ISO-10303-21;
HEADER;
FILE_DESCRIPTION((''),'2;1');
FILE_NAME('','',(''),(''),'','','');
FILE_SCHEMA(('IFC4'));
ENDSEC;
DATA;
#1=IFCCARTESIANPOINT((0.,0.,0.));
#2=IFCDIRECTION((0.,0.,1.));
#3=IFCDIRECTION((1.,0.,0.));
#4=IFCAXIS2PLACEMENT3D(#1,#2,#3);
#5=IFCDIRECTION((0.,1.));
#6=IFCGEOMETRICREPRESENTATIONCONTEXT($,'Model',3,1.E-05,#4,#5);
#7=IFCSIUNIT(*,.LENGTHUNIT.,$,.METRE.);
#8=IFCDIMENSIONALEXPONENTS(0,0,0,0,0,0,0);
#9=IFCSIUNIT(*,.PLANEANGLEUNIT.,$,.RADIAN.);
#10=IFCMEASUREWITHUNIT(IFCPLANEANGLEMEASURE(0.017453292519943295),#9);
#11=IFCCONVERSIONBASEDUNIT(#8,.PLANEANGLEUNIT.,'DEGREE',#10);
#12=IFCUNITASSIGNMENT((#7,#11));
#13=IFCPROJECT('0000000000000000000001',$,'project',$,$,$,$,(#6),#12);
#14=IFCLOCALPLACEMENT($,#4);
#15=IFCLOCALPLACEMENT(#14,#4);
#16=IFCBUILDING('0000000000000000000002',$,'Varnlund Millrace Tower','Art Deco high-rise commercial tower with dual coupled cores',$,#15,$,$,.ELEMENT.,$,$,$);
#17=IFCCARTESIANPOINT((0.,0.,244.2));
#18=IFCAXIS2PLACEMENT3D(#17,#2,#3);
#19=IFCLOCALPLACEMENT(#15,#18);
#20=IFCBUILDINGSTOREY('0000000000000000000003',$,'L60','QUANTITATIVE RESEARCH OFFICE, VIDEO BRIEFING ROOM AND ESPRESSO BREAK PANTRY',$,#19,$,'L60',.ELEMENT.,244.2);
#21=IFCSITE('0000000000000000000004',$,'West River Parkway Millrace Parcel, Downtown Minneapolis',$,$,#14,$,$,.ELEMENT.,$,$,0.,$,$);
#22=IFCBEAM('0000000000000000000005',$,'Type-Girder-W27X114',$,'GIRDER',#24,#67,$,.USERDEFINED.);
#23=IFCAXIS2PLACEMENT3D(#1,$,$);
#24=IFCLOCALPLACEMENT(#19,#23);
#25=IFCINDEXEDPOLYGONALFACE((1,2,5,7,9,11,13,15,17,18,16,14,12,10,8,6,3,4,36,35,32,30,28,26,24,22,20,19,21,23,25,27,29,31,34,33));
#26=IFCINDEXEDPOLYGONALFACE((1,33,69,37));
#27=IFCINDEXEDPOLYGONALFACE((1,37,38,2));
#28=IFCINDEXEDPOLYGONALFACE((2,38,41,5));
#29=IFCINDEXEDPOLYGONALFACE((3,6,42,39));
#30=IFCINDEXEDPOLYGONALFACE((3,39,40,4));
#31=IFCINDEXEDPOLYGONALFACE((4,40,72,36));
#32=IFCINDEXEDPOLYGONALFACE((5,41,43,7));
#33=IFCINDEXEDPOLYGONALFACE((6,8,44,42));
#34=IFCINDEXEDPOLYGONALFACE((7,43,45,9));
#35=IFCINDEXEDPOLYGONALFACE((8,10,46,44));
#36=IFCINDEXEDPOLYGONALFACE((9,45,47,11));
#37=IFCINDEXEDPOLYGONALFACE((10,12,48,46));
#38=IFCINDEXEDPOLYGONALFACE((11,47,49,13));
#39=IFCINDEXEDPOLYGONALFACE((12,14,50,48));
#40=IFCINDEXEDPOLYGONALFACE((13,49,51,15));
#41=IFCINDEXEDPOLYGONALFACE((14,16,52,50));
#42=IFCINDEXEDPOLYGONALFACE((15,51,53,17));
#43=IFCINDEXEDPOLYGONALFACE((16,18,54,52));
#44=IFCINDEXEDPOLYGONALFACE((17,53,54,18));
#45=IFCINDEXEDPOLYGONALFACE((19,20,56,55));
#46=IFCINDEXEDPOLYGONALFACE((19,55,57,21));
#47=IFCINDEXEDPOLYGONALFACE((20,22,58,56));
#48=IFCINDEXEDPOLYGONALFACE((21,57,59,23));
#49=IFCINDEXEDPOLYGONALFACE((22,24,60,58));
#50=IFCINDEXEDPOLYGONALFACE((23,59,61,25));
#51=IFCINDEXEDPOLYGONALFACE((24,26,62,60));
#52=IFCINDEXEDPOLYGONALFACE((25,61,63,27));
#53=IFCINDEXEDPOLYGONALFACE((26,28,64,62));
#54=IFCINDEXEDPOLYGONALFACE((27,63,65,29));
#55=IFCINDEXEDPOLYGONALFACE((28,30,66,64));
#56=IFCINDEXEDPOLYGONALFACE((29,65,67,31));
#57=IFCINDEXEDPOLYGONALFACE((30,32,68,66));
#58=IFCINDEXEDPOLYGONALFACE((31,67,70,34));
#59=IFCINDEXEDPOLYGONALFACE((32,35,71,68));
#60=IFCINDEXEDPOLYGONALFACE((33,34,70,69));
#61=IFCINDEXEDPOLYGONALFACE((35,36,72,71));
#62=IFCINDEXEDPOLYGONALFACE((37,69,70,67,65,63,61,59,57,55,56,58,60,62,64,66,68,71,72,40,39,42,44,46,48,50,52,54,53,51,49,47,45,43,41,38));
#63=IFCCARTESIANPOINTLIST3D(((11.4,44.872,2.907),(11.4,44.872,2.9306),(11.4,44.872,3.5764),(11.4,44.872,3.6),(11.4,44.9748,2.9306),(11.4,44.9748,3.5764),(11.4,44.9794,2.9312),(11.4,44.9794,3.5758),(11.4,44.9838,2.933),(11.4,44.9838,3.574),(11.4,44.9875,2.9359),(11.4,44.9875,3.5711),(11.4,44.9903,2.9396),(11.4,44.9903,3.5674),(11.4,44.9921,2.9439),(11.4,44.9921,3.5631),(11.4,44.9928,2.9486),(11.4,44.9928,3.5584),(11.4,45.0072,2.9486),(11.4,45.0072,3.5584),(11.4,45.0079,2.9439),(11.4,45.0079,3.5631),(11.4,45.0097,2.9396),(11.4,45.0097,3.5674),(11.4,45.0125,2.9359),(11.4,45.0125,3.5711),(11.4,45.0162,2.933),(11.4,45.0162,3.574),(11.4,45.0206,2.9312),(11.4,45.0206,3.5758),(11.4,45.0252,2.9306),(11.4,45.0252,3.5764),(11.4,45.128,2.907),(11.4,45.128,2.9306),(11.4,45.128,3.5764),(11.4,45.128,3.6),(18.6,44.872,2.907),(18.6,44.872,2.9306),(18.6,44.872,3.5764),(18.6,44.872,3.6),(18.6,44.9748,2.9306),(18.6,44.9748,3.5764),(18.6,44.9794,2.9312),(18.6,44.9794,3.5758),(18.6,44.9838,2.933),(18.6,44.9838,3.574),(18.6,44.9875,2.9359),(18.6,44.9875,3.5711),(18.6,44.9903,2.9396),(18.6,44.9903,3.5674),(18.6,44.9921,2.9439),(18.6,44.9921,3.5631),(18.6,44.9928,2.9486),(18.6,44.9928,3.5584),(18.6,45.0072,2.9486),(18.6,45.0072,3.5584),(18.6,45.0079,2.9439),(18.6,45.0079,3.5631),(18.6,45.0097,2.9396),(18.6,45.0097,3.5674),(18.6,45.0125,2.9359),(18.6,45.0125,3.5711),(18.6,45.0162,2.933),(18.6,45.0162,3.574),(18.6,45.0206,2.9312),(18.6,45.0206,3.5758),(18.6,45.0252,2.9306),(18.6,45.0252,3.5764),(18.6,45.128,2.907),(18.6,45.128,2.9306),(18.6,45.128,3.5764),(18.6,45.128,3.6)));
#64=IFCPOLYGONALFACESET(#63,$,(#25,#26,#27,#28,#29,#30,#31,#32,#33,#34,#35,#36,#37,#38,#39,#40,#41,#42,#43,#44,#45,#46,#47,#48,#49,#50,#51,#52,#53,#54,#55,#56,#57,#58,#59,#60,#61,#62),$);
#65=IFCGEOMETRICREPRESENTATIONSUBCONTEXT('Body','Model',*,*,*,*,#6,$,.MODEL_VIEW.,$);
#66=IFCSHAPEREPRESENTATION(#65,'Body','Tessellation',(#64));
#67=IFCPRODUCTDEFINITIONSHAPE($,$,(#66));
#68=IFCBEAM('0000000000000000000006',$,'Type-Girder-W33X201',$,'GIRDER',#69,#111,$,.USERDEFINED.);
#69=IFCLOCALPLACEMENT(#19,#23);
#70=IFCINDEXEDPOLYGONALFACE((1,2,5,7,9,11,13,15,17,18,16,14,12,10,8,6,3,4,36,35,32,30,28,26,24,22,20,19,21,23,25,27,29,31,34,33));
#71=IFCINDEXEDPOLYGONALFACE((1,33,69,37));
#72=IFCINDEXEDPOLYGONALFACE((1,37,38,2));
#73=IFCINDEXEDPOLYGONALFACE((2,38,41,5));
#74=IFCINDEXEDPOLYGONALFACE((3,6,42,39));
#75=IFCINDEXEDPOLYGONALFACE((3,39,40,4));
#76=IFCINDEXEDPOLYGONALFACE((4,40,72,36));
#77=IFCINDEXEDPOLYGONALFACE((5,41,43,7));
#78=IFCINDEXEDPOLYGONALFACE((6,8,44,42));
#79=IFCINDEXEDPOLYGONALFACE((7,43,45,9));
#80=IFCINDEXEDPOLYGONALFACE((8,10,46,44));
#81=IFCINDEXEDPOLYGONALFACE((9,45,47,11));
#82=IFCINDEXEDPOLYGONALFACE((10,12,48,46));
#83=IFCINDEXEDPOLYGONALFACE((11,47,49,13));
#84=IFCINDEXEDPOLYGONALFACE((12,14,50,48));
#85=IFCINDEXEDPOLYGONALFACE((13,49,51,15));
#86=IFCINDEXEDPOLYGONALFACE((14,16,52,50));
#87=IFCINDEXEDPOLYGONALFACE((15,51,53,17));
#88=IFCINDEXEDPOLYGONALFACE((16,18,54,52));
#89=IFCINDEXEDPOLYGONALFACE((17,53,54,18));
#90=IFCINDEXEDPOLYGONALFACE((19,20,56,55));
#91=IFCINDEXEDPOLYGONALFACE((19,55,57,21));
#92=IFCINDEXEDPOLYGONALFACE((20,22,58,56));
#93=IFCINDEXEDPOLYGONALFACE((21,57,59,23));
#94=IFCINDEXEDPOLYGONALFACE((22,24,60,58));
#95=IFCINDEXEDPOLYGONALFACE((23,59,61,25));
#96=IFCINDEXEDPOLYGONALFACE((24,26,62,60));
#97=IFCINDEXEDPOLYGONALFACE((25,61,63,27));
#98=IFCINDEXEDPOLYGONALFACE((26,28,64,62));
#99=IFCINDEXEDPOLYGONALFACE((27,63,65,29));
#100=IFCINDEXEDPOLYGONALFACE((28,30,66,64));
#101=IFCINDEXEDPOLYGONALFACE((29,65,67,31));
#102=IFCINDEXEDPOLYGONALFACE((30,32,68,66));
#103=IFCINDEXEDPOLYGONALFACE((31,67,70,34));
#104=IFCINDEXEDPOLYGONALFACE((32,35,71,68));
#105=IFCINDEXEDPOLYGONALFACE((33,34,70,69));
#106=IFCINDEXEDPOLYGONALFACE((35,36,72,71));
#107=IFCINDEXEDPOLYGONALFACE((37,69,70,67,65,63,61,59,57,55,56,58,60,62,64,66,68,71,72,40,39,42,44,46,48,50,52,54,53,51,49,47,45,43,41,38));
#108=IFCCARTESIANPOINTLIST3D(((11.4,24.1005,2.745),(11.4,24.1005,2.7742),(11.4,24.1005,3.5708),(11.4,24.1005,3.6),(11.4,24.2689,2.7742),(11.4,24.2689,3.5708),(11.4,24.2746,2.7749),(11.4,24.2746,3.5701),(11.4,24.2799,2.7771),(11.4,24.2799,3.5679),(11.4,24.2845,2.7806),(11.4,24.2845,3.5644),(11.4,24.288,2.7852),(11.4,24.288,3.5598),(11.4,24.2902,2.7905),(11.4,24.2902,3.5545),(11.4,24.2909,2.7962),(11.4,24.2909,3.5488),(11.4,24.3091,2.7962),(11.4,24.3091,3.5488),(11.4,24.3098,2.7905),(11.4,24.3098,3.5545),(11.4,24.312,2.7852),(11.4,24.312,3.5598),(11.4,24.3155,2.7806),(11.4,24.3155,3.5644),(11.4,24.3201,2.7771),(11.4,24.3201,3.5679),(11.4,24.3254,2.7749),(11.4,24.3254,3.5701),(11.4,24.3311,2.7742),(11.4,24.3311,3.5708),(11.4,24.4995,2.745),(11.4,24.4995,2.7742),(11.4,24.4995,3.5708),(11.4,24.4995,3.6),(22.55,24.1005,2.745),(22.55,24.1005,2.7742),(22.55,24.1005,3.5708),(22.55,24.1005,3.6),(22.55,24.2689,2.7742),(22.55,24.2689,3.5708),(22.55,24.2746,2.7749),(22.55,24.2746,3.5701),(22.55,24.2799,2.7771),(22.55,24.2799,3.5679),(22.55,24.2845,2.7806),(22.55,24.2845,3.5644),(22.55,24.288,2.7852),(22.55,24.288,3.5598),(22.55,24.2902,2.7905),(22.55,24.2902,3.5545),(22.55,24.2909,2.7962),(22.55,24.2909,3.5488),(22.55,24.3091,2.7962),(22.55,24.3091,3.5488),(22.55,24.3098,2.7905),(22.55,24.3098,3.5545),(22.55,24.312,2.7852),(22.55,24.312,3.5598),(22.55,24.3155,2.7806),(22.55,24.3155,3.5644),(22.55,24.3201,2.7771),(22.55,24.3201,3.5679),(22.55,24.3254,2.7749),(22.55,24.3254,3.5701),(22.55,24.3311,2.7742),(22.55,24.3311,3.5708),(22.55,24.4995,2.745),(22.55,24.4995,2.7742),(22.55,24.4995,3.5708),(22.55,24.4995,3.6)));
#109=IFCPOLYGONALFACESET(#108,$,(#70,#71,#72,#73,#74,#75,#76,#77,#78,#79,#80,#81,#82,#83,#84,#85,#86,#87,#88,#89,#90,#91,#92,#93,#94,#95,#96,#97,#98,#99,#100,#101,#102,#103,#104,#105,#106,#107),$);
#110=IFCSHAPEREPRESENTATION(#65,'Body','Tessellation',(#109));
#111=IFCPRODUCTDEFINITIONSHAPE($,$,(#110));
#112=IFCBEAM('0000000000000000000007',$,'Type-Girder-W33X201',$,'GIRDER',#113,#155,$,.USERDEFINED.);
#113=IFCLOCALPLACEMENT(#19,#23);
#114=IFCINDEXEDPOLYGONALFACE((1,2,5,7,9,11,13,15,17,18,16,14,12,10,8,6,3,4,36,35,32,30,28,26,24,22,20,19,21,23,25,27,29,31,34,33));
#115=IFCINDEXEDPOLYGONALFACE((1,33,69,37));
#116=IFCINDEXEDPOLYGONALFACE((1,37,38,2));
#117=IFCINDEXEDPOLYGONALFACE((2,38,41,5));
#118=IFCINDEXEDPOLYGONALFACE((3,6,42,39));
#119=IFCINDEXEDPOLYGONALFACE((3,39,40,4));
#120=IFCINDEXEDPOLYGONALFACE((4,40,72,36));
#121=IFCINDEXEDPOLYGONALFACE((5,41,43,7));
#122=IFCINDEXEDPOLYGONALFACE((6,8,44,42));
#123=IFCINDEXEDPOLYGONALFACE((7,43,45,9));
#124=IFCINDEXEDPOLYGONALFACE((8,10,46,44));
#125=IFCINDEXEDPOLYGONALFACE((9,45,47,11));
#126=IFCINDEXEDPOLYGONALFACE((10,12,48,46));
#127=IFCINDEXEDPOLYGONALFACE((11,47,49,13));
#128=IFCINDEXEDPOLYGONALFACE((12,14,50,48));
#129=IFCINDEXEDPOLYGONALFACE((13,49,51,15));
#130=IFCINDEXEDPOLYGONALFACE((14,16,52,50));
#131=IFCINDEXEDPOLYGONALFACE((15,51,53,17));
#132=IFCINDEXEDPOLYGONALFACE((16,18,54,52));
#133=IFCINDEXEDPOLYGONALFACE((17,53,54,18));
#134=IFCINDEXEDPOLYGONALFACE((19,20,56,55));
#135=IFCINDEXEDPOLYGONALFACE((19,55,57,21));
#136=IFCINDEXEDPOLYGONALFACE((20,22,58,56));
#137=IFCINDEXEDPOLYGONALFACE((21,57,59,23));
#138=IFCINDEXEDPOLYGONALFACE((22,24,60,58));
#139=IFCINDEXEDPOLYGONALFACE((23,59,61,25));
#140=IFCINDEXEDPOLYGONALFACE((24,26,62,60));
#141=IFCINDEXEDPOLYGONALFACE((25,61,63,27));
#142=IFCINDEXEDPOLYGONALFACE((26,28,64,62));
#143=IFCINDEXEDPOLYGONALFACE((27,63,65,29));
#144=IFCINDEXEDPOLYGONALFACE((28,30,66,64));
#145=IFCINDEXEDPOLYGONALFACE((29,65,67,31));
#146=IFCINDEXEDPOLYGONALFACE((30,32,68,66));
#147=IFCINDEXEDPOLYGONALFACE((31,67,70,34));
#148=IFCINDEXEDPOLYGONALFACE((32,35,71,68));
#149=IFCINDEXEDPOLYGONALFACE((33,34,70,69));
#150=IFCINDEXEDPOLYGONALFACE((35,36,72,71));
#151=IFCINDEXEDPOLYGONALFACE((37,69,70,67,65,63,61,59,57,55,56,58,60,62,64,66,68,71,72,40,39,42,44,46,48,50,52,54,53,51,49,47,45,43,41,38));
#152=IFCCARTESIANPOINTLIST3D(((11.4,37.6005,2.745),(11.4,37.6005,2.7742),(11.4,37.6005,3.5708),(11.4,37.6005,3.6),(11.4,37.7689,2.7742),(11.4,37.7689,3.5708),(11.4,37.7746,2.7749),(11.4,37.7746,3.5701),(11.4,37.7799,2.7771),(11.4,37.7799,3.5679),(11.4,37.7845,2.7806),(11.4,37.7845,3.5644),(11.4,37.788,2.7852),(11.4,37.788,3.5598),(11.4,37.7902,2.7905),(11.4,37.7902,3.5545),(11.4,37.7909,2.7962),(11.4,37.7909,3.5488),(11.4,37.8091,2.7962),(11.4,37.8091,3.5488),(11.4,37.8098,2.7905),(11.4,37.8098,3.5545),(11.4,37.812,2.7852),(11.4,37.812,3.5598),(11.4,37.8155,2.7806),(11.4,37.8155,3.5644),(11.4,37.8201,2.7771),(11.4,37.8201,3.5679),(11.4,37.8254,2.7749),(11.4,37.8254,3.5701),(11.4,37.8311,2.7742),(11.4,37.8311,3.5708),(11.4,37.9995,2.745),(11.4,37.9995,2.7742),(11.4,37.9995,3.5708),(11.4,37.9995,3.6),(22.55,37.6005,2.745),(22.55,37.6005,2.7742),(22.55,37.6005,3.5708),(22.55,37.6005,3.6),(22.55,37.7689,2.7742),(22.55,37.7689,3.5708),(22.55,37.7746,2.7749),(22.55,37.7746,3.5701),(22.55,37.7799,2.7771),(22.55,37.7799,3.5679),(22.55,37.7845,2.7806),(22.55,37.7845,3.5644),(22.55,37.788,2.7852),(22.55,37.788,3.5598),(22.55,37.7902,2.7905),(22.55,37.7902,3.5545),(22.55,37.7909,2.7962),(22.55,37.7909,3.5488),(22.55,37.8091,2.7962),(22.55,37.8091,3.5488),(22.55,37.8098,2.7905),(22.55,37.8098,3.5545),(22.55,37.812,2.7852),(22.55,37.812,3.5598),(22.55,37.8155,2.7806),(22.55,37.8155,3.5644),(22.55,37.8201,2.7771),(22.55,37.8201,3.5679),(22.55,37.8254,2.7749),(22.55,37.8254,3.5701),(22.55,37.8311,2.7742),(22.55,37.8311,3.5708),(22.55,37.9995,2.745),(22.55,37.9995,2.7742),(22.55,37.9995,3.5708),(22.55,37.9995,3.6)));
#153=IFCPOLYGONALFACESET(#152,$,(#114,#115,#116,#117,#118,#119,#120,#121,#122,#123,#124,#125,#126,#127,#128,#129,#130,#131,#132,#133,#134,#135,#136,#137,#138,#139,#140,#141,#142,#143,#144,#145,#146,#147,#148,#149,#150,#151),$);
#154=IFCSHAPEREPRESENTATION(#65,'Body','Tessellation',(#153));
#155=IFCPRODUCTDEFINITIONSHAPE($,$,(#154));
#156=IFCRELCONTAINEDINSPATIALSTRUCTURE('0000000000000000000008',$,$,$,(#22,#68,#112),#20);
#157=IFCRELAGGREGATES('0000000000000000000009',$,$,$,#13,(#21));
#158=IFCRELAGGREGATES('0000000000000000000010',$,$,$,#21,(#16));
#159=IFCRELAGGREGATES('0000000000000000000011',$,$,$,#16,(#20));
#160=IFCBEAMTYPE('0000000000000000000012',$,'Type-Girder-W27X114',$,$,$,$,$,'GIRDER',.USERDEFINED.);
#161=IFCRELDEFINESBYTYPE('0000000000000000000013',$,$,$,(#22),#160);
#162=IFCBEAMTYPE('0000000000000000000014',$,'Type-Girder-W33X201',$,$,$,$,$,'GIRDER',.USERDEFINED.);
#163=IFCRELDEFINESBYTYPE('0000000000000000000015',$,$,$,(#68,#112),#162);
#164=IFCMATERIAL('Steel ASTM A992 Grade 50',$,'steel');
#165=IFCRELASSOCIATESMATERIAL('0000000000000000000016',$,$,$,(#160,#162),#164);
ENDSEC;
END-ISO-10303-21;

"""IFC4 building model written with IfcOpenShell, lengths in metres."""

from ifc_helpers import new_model, entity, si_unit, converted_unit, direction, frame, origin_with_axes, origin_2d_with_axis, place, context, subcontext, project, spatial, i_section, extrude, material, material_profile, profile_set, type_object, element, save


model = new_model("IFC4")

# Units and contexts
model_context = context("Model", 3, precision=1e-05, world=origin_with_axes(), true_north=direction((0.0, 1.0)))
body_context = subcontext(model_context, "Body", "Model", "MODEL_VIEW")
ifc_project = project(units=[si_unit("LENGTHUNIT", "METRE"), converted_unit("PLANEANGLEUNIT", "DEGREE", entity("IfcPlaneAngleMeasure", 0.017453292519943295), si_unit("PLANEANGLEUNIT", "RADIAN"), dimensions=[0, 0, 0, 0, 0, 0, 0])], contexts=[model_context])

# Site, building, storey
site_placement = place(None, origin_with_axes())
site = spatial("IfcSite", under=ifc_project, at=site_placement, Name="West River Parkway Millrace Parcel, Downtown Minneapolis", CompositionType="ELEMENT", RefElevation=0.0)
building_placement = place(site_placement, origin_with_axes())
building = spatial("IfcBuilding", under=site, at=building_placement, Name="Varnlund Millrace Tower", Description="Art Deco high-rise commercial tower with dual coupled cores", CompositionType="ELEMENT")
storey_placement = place(building_placement, frame((0.0, 0.0, 244.2), z_axis=(0.0, 0.0, 1.0), x_axis=(1.0, 0.0, 0.0)))
storey = spatial("IfcBuildingStorey", under=building, at=storey_placement, Name="L60", Description="QUANTITATIVE RESEARCH OFFICE, VIDEO BRIEFING ROOM AND ESPRESSO BREAK PANTRY", LongName="L60", CompositionType="ELEMENT", Elevation=244.2)

# Beams
ifc_material_1 = material(Name="Steel ASTM A992 Grade 50", Category="steel")
ifc_material_profile_1 = material_profile(ifc_material_1, i_section(OverallWidth=0.256, OverallDepth=0.693, WebThickness=0.0145, FlangeThickness=0.0236, FilletRadius=0.018, at=origin_2d_with_axis()), Name="Steel ASTM A992 Grade 50")
ifc_profile_set_1 = profile_set([ifc_material_profile_1], Name="Steel ASTM A992 Grade 50")
beam_type_1 = type_object("IfcBeamType", Name="Type-Girder-W27X114", ElementType="GIRDER", PredefinedType="USERDEFINED", material=ifc_profile_set_1)
for number, where, z_axis, x_axis, name in (
    (1, (11.4, 45.0, 3.2535), (1.0, 0.0, 0.0), (0.0, 1.0, 0.0), "Type-Girder-W27X114"),
):
    element("IfcBeam", number, at=place(storey_placement, frame(where, z_axis=z_axis, x_axis=x_axis)), inside=storey, type_object=beam_type_1, Name=name, ObjectType="GIRDER", PredefinedType="USERDEFINED", context=body_context, shape_type="SweptSolid", body=[
        extrude(i_section(OverallWidth=0.256, OverallDepth=0.693, WebThickness=0.0145, FlangeThickness=0.0236, FilletRadius=0.018, at=origin_2d_with_axis()), origin_with_axes(), (0.0, 0.0, 1.0), 7.2),
    ])
ifc_material_profile_2 = material_profile(ifc_material_1, i_section(OverallWidth=0.399, OverallDepth=0.855, WebThickness=0.0182, FlangeThickness=0.0292, FilletRadius=0.022, at=origin_2d_with_axis()), Name="Steel ASTM A992 Grade 50")
ifc_profile_set_2 = profile_set([ifc_material_profile_2], Name="Steel ASTM A992 Grade 50")
beam_type_2 = type_object("IfcBeamType", Name="Type-Girder-W33X201", ElementType="GIRDER", PredefinedType="USERDEFINED", material=ifc_profile_set_2)
for number, where, z_axis, x_axis, name in (
    (2, (11.4, 24.3, 3.1725), (1.0, 0.0, 0.0), (0.0, 1.0, 0.0), "Type-Girder-W33X201"),
    (3, (11.4, 37.8, 3.1725), (1.0, 0.0, 0.0), (0.0, 1.0, 0.0), "Type-Girder-W33X201"),
):
    element("IfcBeam", number, at=place(storey_placement, frame(where, z_axis=z_axis, x_axis=x_axis)), inside=storey, type_object=beam_type_2, Name=name, ObjectType="GIRDER", PredefinedType="USERDEFINED", context=body_context, shape_type="SweptSolid", body=[
        extrude(i_section(OverallWidth=0.399, OverallDepth=0.855, WebThickness=0.0182, FlangeThickness=0.0292, FilletRadius=0.022, at=origin_2d_with_axis()), origin_with_axes(), (0.0, 0.0, 1.0), 11.15),
    ])

save(model, "model.ifc")
